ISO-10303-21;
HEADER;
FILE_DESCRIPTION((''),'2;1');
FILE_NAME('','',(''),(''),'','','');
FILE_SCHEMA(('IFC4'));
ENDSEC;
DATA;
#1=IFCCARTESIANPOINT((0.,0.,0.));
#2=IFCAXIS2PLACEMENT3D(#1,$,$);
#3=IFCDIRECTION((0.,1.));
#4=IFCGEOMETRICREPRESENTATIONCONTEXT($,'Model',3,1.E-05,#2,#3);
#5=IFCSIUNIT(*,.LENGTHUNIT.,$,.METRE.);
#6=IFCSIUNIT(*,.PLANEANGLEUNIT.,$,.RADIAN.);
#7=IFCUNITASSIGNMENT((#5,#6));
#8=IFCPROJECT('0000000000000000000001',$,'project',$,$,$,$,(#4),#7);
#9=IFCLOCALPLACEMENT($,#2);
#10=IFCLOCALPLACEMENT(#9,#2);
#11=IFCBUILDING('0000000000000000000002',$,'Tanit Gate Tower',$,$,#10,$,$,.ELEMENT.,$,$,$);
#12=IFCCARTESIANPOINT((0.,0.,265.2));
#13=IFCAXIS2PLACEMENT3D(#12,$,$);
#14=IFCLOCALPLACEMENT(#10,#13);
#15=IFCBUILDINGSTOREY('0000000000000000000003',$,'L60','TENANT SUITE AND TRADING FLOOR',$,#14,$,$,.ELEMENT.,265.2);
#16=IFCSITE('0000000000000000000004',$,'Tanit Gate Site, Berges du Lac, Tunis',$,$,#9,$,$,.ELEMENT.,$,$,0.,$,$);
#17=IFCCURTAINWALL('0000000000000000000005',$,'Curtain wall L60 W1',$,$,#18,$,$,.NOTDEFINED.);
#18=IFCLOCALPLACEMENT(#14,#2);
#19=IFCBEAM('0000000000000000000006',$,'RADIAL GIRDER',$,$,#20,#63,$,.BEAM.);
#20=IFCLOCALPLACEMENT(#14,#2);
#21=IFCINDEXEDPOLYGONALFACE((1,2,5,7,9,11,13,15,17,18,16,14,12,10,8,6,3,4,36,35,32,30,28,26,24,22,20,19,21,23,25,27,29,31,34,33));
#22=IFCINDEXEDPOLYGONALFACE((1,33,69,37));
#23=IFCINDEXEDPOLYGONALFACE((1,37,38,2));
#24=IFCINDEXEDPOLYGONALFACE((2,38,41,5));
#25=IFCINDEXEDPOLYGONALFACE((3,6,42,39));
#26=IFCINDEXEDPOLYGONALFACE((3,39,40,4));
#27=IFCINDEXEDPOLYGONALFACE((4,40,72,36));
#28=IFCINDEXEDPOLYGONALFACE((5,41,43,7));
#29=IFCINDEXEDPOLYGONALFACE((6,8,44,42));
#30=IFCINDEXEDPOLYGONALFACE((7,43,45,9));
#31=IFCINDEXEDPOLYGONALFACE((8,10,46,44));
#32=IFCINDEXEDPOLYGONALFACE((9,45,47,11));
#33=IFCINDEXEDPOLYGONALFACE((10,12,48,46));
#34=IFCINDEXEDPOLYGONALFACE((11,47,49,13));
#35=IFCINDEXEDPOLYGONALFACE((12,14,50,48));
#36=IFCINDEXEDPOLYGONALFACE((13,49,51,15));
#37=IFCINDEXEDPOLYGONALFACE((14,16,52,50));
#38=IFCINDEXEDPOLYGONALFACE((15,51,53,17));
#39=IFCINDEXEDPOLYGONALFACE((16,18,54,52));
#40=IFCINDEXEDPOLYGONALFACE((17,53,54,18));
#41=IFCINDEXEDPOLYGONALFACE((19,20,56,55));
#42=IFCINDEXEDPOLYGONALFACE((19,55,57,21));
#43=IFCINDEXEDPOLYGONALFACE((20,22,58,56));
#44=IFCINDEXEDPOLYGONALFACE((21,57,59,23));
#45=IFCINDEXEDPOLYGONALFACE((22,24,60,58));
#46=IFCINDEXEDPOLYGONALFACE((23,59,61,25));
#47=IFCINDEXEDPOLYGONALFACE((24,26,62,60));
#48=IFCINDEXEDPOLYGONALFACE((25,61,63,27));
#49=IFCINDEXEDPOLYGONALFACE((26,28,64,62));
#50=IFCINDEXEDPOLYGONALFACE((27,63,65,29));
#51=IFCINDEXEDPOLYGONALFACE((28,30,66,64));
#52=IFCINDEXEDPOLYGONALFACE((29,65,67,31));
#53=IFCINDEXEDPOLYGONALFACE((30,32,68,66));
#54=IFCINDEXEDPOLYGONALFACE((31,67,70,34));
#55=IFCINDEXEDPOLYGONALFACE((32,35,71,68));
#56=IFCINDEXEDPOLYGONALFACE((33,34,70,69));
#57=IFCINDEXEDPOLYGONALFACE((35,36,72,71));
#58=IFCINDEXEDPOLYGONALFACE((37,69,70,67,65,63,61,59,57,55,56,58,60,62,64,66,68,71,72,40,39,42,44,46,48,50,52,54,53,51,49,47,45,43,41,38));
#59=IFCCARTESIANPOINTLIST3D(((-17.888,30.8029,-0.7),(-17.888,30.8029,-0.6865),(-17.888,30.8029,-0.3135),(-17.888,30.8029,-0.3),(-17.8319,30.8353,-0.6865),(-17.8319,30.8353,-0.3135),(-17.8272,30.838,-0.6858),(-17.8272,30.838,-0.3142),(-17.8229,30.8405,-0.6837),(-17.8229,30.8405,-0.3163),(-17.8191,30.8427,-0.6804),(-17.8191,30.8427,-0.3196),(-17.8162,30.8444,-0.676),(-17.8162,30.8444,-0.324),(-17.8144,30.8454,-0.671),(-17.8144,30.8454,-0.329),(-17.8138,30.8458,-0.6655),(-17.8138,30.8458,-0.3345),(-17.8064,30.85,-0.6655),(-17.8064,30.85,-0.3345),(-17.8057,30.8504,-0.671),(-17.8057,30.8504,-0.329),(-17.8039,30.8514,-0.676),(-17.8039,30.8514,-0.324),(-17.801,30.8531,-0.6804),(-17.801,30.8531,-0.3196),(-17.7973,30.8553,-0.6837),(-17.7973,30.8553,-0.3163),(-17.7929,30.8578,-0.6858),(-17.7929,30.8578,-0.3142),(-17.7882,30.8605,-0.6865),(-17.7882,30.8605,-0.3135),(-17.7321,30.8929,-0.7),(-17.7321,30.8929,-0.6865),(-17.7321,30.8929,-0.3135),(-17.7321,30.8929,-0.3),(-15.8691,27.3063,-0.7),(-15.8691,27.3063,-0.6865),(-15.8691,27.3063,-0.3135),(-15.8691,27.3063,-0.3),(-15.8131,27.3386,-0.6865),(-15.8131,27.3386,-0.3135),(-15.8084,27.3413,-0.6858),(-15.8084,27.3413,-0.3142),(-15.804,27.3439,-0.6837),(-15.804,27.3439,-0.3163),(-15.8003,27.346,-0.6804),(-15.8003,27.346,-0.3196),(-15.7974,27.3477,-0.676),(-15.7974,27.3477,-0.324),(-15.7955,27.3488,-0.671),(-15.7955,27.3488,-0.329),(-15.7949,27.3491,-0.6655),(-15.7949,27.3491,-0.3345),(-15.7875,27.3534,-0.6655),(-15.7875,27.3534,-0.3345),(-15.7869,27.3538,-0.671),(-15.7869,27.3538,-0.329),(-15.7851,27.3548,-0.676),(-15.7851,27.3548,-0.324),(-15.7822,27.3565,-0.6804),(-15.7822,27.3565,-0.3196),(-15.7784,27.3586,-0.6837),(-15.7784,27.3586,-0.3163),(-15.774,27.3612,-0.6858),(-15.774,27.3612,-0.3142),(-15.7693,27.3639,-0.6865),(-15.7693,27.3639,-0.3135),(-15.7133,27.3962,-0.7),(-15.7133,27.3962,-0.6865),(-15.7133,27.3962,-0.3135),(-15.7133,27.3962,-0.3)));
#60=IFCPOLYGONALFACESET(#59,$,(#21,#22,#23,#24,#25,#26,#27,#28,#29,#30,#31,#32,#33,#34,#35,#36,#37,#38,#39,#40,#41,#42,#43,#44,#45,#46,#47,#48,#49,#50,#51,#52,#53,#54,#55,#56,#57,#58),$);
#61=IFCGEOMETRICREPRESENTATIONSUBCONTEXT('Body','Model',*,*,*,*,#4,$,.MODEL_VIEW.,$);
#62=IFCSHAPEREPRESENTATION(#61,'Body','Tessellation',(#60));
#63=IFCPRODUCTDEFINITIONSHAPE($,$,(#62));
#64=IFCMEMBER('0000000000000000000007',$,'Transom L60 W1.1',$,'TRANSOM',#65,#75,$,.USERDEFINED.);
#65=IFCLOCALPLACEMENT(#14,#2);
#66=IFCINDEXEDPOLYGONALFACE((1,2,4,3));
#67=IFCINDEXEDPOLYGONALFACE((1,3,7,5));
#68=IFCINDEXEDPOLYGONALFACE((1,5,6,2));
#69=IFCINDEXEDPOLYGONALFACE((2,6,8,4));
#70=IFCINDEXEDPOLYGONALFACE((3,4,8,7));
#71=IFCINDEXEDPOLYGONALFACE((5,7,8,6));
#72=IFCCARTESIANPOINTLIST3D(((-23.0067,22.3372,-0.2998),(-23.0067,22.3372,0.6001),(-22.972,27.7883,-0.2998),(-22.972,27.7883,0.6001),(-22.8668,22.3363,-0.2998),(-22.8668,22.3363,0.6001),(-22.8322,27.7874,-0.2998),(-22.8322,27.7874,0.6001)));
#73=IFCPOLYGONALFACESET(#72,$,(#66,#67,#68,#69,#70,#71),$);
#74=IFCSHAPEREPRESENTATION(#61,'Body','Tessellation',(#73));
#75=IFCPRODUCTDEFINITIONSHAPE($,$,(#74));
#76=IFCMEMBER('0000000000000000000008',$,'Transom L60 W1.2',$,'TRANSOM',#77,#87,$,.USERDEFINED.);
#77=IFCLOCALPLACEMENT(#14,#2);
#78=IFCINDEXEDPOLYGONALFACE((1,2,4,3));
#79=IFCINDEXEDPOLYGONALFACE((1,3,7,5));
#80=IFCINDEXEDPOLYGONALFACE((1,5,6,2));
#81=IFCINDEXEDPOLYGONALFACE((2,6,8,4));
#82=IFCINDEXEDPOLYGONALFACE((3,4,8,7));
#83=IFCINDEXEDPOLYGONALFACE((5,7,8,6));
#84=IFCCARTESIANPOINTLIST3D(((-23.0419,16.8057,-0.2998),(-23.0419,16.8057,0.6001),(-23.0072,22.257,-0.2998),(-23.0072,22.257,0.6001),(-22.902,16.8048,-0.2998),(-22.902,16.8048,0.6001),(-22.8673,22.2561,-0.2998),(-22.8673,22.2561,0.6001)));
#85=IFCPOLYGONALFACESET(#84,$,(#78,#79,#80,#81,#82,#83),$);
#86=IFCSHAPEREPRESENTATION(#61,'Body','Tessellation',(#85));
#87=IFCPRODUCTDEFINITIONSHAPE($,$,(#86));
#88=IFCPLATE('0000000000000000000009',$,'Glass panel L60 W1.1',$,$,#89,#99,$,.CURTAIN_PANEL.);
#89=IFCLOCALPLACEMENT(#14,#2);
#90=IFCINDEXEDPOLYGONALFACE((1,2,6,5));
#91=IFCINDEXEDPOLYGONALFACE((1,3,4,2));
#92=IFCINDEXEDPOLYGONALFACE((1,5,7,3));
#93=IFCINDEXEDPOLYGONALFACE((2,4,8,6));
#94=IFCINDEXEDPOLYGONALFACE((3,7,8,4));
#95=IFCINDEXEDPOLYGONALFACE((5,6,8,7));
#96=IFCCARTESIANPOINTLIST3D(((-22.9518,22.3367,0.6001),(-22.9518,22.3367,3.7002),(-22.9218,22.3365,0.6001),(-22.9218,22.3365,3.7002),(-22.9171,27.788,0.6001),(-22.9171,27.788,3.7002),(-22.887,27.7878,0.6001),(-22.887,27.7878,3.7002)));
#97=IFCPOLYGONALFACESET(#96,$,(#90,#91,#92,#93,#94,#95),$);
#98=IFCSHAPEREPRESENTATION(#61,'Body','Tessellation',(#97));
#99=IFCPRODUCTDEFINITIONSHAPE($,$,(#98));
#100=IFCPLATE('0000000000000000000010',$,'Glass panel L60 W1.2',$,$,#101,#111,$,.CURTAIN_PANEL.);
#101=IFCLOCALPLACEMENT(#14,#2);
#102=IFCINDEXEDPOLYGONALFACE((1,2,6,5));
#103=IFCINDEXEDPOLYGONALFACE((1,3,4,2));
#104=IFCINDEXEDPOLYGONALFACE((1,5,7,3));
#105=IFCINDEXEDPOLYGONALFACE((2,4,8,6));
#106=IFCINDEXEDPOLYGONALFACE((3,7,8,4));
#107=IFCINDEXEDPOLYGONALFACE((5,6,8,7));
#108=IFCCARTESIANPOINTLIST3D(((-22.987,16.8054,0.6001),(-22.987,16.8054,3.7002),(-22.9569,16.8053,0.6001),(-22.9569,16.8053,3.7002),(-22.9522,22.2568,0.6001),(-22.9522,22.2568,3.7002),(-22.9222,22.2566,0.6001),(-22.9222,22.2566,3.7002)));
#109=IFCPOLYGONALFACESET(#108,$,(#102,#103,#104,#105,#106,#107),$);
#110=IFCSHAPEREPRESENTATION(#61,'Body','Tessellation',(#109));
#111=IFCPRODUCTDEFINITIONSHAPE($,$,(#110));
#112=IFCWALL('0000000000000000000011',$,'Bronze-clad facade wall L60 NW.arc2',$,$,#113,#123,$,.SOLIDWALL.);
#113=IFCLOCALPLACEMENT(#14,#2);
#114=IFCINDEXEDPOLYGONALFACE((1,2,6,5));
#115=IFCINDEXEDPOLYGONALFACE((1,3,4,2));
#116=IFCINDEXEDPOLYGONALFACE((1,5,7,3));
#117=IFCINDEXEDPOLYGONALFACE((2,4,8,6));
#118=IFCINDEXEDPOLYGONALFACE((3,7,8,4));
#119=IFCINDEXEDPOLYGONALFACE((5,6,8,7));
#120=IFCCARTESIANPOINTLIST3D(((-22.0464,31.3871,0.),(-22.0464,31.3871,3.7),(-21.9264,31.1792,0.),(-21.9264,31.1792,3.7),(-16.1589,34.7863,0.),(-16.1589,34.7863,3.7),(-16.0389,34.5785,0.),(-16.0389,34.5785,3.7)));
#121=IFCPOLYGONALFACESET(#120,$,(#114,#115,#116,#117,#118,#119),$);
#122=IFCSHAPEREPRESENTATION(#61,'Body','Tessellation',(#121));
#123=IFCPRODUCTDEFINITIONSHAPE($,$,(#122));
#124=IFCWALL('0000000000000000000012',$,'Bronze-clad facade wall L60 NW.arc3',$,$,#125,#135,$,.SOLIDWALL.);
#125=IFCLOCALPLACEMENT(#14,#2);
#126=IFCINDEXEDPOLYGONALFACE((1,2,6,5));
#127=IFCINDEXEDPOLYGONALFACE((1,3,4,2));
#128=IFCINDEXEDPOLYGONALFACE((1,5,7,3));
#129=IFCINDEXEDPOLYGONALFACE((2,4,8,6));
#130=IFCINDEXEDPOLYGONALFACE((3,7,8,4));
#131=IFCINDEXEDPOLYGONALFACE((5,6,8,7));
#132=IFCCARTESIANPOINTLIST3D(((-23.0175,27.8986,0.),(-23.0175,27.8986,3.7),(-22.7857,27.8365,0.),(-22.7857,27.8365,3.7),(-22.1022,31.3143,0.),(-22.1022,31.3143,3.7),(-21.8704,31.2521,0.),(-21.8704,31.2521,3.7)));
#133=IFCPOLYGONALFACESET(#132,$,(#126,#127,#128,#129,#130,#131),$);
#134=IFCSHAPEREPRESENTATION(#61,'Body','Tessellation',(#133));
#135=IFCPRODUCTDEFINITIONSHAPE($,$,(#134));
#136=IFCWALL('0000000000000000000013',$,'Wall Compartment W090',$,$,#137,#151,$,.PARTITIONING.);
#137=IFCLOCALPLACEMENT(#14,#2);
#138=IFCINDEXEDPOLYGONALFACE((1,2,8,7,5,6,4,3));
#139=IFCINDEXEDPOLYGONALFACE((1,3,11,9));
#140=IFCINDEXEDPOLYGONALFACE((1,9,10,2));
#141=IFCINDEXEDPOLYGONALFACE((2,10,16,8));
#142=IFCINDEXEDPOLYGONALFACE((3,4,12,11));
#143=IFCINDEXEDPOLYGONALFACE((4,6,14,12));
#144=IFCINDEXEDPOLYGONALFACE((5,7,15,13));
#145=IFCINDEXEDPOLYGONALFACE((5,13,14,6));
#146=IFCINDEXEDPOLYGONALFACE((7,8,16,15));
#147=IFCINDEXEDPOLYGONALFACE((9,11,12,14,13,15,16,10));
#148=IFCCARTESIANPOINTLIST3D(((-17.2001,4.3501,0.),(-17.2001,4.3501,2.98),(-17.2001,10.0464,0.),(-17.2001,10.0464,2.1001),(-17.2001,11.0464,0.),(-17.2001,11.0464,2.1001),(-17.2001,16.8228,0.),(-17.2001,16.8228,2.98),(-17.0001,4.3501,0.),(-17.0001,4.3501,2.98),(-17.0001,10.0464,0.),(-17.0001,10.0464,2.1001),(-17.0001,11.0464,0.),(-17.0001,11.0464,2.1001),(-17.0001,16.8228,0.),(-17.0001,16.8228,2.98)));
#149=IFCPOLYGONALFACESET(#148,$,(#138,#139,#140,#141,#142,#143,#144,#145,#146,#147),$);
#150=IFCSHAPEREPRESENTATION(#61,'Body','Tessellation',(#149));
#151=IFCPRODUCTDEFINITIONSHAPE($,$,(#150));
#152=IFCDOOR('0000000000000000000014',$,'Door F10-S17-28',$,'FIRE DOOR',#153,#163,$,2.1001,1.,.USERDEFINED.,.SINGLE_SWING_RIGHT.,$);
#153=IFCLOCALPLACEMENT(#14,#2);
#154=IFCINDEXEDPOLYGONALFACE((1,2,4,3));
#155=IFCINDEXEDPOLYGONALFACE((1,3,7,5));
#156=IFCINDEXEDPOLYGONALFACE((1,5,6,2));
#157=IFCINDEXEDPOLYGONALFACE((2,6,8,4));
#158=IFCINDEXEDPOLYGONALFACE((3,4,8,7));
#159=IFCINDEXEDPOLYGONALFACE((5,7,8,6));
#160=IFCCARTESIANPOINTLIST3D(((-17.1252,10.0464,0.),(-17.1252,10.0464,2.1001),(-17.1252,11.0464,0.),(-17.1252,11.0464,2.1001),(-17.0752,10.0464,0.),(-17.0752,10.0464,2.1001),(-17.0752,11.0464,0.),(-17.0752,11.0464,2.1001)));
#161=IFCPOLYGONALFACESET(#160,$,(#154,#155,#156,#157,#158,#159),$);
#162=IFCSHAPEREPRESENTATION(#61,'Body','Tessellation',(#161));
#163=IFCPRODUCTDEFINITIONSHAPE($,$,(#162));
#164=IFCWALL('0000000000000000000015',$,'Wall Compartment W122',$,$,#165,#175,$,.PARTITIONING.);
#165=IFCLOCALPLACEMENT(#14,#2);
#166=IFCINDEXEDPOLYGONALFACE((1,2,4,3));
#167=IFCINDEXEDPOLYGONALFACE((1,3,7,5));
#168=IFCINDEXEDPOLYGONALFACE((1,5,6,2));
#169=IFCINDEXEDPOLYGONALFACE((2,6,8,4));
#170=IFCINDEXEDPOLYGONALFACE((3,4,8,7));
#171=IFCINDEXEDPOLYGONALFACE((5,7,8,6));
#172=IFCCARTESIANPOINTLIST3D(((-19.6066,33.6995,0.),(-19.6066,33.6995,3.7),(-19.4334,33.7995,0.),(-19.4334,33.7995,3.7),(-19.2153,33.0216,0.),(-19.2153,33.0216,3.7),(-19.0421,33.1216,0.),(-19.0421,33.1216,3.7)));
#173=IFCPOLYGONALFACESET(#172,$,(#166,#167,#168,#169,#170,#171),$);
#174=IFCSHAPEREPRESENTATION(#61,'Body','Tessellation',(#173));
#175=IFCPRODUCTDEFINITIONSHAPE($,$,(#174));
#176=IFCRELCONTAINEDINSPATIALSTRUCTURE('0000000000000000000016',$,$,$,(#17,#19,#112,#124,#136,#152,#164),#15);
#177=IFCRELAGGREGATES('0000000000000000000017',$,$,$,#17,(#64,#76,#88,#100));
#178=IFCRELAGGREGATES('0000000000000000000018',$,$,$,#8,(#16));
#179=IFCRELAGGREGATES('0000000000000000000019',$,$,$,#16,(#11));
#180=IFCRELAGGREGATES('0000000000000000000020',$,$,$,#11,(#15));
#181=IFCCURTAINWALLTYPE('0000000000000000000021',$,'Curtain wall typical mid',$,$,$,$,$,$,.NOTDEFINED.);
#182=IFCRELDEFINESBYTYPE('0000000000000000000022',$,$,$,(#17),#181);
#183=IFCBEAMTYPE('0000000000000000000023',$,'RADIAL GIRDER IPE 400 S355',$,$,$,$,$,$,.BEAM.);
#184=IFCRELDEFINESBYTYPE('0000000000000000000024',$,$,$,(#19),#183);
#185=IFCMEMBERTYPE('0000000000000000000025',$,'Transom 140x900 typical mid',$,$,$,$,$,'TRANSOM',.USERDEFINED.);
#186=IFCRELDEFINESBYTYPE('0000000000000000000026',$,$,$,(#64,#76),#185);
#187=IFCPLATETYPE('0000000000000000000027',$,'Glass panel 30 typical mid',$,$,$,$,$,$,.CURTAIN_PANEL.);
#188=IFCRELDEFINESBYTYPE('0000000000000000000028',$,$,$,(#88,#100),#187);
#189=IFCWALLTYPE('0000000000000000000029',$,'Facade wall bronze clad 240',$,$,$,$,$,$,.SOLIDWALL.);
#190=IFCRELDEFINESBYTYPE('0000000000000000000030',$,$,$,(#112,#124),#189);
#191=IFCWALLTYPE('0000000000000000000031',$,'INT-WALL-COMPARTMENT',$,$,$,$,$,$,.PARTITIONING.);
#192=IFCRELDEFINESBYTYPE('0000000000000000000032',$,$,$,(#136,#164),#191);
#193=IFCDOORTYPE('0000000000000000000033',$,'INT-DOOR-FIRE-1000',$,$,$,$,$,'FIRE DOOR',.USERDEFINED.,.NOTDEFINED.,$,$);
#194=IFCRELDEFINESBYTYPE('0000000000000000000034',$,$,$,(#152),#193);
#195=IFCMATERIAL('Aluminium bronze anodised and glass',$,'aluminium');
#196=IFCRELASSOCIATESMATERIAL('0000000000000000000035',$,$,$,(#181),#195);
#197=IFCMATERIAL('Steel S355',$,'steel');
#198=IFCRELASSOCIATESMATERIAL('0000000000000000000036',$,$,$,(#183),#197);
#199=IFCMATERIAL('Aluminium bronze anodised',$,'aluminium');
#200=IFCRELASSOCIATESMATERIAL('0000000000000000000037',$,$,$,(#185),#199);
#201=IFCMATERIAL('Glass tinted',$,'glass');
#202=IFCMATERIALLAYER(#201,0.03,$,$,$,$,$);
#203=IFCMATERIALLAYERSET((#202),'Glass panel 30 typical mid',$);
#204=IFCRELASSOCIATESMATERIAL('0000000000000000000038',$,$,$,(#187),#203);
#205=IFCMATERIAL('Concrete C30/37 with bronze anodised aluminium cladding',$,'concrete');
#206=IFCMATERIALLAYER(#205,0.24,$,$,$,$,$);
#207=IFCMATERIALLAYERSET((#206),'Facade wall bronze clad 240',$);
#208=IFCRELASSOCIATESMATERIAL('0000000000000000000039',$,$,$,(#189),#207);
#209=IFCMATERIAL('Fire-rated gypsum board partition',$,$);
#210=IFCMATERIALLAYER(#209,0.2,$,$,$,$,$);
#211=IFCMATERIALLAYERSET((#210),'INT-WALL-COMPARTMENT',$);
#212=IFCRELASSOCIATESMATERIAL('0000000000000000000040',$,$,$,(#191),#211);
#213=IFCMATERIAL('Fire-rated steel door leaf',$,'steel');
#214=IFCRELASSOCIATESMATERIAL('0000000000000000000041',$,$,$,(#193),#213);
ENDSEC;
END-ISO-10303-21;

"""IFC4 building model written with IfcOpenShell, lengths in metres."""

from ifc_helpers import new_model, si_unit, direction, frame, frame_2d, origin, origin_2d, place, context, subcontext, project, spatial, rectangle, i_section, extrude, material, layer, layer_set, material_profile, profile_set, type_object, element, fill, aggregate, save


model = new_model("IFC4")

# Units and contexts
model_context = context("Model", 3, precision=1e-05, world=origin(), true_north=direction((0.0, 1.0)))
body_context = subcontext(model_context, "Body", "Model", "MODEL_VIEW")
ifc_project = project(units=[si_unit("LENGTHUNIT", "METRE"), si_unit("PLANEANGLEUNIT", "RADIAN")], contexts=[model_context])

# Site, building, storey
site_placement = place(None, origin())
site = spatial("IfcSite", under=ifc_project, at=site_placement, Name="Tanit Gate Site, Berges du Lac, Tunis", CompositionType="ELEMENT", RefElevation=0.0)
building_placement = place(site_placement, origin())
building = spatial("IfcBuilding", under=site, at=building_placement, Name="Tanit Gate Tower", CompositionType="ELEMENT")
storey_placement = place(building_placement, frame((0.0, 0.0, 265.2)))
storey = spatial("IfcBuildingStorey", under=building, at=storey_placement, Name="L60", Description="TENANT SUITE AND TRADING FLOOR", CompositionType="ELEMENT", Elevation=265.2)

# Curtain wall
ifc_material_1 = material(Name="Aluminium bronze anodised and glass", Category="aluminium")
curtain_wall_type = type_object("IfcCurtainWallType", Name="Curtain wall typical mid", PredefinedType="NOTDEFINED", material=ifc_material_1)
curtain_wall_placement = place(storey_placement, origin())
curtain_wall = element("IfcCurtainWall", 1, at=curtain_wall_placement, inside=storey, type_object=curtain_wall_type, Name="Curtain wall L60 W1", PredefinedType="NOTDEFINED")

# Beam
ifc_material_2 = material(Name="Steel S355", Category="steel")
ifc_material_profile_1 = material_profile(ifc_material_2, i_section(OverallWidth=0.1799, OverallDepth=0.3999, WebThickness=0.0085, FlangeThickness=0.0134, FilletRadius=0.021, at=origin_2d()), Name="IPE 400")
ifc_profile_set_1 = profile_set([ifc_material_profile_1], Name="Steel S355")
beam_type_1 = type_object("IfcBeamType", Name="RADIAL GIRDER IPE 400 S355", PredefinedType="BEAM", material=ifc_profile_set_1)
beam_1_placement = place(storey_placement, frame((-17.8101, 30.8479, -0.5), z_axis=(0.500009, -0.86602, 0.0), x_axis=(0.86602, 0.500009, 0.0)))
element("IfcBeam", 2, at=beam_1_placement, inside=storey, type_object=beam_type_1, Name="RADIAL GIRDER", PredefinedType="BEAM", context=body_context, shape_type="SweptSolid", body=[
    extrude(i_section(OverallWidth=0.1799, OverallDepth=0.3999, WebThickness=0.0085, FlangeThickness=0.0134, FilletRadius=0.021, at=origin_2d()), origin(), (0.0, 0.0, 1.0), 4.0376),
])

# Members
ifc_material_3 = material(Name="Aluminium bronze anodised", Category="aluminium")
ifc_material_profile_2 = material_profile(ifc_material_3, rectangle(XDim=0.1399, YDim=0.8999, at=origin_2d()), Name="140x900 bronze transom")
ifc_profile_set_2 = profile_set([ifc_material_profile_2], Name="Aluminium bronze anodised")
member_type_1 = type_object("IfcMemberType", Name="Transom 140x900 typical mid", ElementType="TRANSOM", PredefinedType="USERDEFINED", material=ifc_profile_set_2)
member_1_placement = place(storey_placement, frame((-22.9021, 27.7878, 0.1501), z_axis=(-0.00636, -0.99998, 0.0), x_axis=(0.99998, -0.00636, 0.0)))
member_1 = element("IfcMember", 3, at=member_1_placement, type_object=member_type_1, Name="Transom L60 W1.1", ObjectType="TRANSOM", PredefinedType="USERDEFINED", context=body_context, shape_type="SweptSolid", body=[
    extrude(rectangle(XDim=0.1399, YDim=0.8999, at=origin_2d()), origin(), (0.0, 0.0, 1.0), 5.4512),
])
member_2_placement = place(storey_placement, frame((-22.9373, 22.2566, 0.1501), z_axis=(-0.006359, -0.99998, 0.0), x_axis=(0.99998, -0.006359, 0.0)))
member_2 = element("IfcMember", 4, at=member_2_placement, type_object=member_type_1, Name="Transom L60 W1.2", ObjectType="TRANSOM", PredefinedType="USERDEFINED", context=body_context, shape_type="SweptSolid", body=[
    extrude(rectangle(XDim=0.1399, YDim=0.8999, at=origin_2d()), origin(), (0.0, 0.0, 1.0), 5.4514),
])

# Plates
ifc_material_4 = material(Name="Glass tinted", Category="glass")
ifc_layer_1 = layer(ifc_material_4, 0.03)
ifc_layer_set_1 = layer_set([ifc_layer_1], Name="Glass panel 30 typical mid")
plate_type = type_object("IfcPlateType", Name="Glass panel 30 typical mid", PredefinedType="CURTAIN_PANEL", material=ifc_layer_set_1)
plate_1_placement = place(storey_placement, frame((-22.9194, 25.0623, 0.6001), z_axis=(0.0, 0.0, 1.0), x_axis=(-0.006374, -0.99998, 0.0)))
plate_1 = element("IfcPlate", 5, at=plate_1_placement, type_object=plate_type, Name="Glass panel L60 W1.1", PredefinedType="CURTAIN_PANEL", context=body_context, shape_type="SweptSolid", body=[
    extrude(rectangle(XDim=5.4514, YDim=0.03, at=origin_2d()), origin(), (0.0, 0.0, 1.0), 3.1001),
])
plate_2_placement = place(storey_placement, frame((-22.9546, 19.531, 0.6001), z_axis=(0.0, 0.0, 1.0), x_axis=(-0.006374, -0.99998, 0.0)))
plate_2 = element("IfcPlate", 6, at=plate_2_placement, type_object=plate_type, Name="Glass panel L60 W1.2", PredefinedType="CURTAIN_PANEL", context=body_context, shape_type="SweptSolid", body=[
    extrude(rectangle(XDim=5.4514, YDim=0.03, at=origin_2d()), origin(), (0.0, 0.0, 1.0), 3.1001),
])
aggregate(curtain_wall, [member_1, member_2, plate_1, plate_2])

# Walls
ifc_material_5 = material(Name="Concrete C30/37 with bronze anodised aluminium cladding", Category="concrete")
ifc_layer_2 = layer(ifc_material_5, 0.24)
ifc_layer_set_2 = layer_set([ifc_layer_2], Name="Facade wall bronze clad 240")
wall_type_1 = type_object("IfcWallType", Name="Facade wall bronze clad 240", PredefinedType="SOLIDWALL", material=ifc_layer_set_2)
wall_1_placement = place(storey_placement, frame((-16.0989, 34.6824, 0.0), z_axis=(0.0, 0.0, 1.0), x_axis=(-0.866022, -0.500005, 0.0)))
element("IfcWall", 7, at=wall_1_placement, inside=storey, type_object=wall_type_1, Name="Bronze-clad facade wall L60 NW.arc2", PredefinedType="SOLIDWALL", context=body_context, shape_type="SweptSolid", body=[
    extrude(rectangle(XDim=6.7983, YDim=0.24, at=frame_2d((3.3992, 0.0))), origin(), (0.0, 0.0, 1.0), 3.7),
])
wall_2_placement = place(storey_placement, frame((-21.9863, 31.2832, 0.0), z_axis=(0.0, 0.0, 1.0), x_axis=(-0.258844, -0.965919, 0.0)))
element("IfcWall", 8, at=wall_2_placement, inside=storey, type_object=wall_type_1, Name="Bronze-clad facade wall L60 NW.arc3", PredefinedType="SOLIDWALL", context=body_context, shape_type="SweptSolid", body=[
    extrude(rectangle(XDim=3.5361, YDim=0.24, at=frame_2d((1.7681, 0.0))), origin(), (0.0, 0.0, 1.0), 3.7),
])

# Wall, opening, door
ifc_material_6 = material(Name="Fire-rated gypsum board partition")
ifc_layer_3 = layer(ifc_material_6, 0.2)
ifc_layer_set_3 = layer_set([ifc_layer_3], Name="INT-WALL-COMPARTMENT")
wall_type_2 = type_object("IfcWallType", Name="INT-WALL-COMPARTMENT", PredefinedType="PARTITIONING", material=ifc_layer_set_3)
wall_3_placement = place(storey_placement, frame((-17.1001, 16.8228, 0.0), z_axis=(0.0, 0.0, 1.0), x_axis=(0.0, -1.0, 0.0)))
wall_3 = element("IfcWall", 9, at=wall_3_placement, inside=storey, type_object=wall_type_2, Name="Wall Compartment W090", PredefinedType="PARTITIONING", context=body_context, shape_type="SweptSolid", body=[
    extrude(rectangle(XDim=12.4727, YDim=0.2, at=frame_2d((6.2363, 0.0))), origin(), (0.0, 0.0, 1.0), 2.98),
])
opening_placement = place(wall_3_placement, frame((5.7764, 0.0, 0.0)))
opening = element("IfcOpeningElement", 10, at=opening_placement, cuts=wall_3, PredefinedType="OPENING", context=body_context, shape_type="SweptSolid", body=[
    extrude(rectangle(XDim=1.0, YDim=2.1001, at=frame_2d((0.5, 1.05))), frame((0.0, 0.1099, 0.0), z_axis=(0.0, -1.0, 0.0), x_axis=(1.0, 0.0, 0.0)), (0.0, 0.0, 1.0), 0.22),
])
ifc_material_7 = material(Name="Fire-rated steel door leaf", Category="steel")
door_type = type_object("IfcDoorType", Name="INT-DOOR-FIRE-1000", ElementType="FIRE DOOR", OperationType="NOTDEFINED", PredefinedType="USERDEFINED", material=ifc_material_7)
door_placement = place(opening_placement, origin())
door = element("IfcDoor", 11, at=door_placement, inside=storey, type_object=door_type, Name="Door F10-S17-28", ObjectType="FIRE DOOR", OperationType="SINGLE_SWING_RIGHT", OverallHeight=2.1001, OverallWidth=1.0, PredefinedType="USERDEFINED", context=body_context, shape_type="SweptSolid", body=[
    extrude(rectangle(XDim=1.0, YDim=2.1001, at=frame_2d((0.5, 1.05))), frame((0.0, 0.0249, 0.0), z_axis=(0.0, -1.0, 0.0), x_axis=(1.0, 0.0, 0.0)), (0.0, 0.0, 1.0), 0.05),
])
fill(opening, door)

# Wall
wall_4_placement = place(storey_placement, frame((-19.52, 33.7495, 0.0), z_axis=(0.0, 0.0, 1.0), x_axis=(0.499929, -0.866066, 0.0)))
element("IfcWall", 12, at=wall_4_placement, inside=storey, type_object=wall_type_2, Name="Wall Compartment W122", PredefinedType="PARTITIONING", context=body_context, shape_type="SweptSolid", body=[
    extrude(rectangle(XDim=0.7827, YDim=0.2, at=frame_2d((0.3914, 0.0))), origin(), (0.0, 0.0, 1.0), 3.7),
])

save(model, "model.ifc")
